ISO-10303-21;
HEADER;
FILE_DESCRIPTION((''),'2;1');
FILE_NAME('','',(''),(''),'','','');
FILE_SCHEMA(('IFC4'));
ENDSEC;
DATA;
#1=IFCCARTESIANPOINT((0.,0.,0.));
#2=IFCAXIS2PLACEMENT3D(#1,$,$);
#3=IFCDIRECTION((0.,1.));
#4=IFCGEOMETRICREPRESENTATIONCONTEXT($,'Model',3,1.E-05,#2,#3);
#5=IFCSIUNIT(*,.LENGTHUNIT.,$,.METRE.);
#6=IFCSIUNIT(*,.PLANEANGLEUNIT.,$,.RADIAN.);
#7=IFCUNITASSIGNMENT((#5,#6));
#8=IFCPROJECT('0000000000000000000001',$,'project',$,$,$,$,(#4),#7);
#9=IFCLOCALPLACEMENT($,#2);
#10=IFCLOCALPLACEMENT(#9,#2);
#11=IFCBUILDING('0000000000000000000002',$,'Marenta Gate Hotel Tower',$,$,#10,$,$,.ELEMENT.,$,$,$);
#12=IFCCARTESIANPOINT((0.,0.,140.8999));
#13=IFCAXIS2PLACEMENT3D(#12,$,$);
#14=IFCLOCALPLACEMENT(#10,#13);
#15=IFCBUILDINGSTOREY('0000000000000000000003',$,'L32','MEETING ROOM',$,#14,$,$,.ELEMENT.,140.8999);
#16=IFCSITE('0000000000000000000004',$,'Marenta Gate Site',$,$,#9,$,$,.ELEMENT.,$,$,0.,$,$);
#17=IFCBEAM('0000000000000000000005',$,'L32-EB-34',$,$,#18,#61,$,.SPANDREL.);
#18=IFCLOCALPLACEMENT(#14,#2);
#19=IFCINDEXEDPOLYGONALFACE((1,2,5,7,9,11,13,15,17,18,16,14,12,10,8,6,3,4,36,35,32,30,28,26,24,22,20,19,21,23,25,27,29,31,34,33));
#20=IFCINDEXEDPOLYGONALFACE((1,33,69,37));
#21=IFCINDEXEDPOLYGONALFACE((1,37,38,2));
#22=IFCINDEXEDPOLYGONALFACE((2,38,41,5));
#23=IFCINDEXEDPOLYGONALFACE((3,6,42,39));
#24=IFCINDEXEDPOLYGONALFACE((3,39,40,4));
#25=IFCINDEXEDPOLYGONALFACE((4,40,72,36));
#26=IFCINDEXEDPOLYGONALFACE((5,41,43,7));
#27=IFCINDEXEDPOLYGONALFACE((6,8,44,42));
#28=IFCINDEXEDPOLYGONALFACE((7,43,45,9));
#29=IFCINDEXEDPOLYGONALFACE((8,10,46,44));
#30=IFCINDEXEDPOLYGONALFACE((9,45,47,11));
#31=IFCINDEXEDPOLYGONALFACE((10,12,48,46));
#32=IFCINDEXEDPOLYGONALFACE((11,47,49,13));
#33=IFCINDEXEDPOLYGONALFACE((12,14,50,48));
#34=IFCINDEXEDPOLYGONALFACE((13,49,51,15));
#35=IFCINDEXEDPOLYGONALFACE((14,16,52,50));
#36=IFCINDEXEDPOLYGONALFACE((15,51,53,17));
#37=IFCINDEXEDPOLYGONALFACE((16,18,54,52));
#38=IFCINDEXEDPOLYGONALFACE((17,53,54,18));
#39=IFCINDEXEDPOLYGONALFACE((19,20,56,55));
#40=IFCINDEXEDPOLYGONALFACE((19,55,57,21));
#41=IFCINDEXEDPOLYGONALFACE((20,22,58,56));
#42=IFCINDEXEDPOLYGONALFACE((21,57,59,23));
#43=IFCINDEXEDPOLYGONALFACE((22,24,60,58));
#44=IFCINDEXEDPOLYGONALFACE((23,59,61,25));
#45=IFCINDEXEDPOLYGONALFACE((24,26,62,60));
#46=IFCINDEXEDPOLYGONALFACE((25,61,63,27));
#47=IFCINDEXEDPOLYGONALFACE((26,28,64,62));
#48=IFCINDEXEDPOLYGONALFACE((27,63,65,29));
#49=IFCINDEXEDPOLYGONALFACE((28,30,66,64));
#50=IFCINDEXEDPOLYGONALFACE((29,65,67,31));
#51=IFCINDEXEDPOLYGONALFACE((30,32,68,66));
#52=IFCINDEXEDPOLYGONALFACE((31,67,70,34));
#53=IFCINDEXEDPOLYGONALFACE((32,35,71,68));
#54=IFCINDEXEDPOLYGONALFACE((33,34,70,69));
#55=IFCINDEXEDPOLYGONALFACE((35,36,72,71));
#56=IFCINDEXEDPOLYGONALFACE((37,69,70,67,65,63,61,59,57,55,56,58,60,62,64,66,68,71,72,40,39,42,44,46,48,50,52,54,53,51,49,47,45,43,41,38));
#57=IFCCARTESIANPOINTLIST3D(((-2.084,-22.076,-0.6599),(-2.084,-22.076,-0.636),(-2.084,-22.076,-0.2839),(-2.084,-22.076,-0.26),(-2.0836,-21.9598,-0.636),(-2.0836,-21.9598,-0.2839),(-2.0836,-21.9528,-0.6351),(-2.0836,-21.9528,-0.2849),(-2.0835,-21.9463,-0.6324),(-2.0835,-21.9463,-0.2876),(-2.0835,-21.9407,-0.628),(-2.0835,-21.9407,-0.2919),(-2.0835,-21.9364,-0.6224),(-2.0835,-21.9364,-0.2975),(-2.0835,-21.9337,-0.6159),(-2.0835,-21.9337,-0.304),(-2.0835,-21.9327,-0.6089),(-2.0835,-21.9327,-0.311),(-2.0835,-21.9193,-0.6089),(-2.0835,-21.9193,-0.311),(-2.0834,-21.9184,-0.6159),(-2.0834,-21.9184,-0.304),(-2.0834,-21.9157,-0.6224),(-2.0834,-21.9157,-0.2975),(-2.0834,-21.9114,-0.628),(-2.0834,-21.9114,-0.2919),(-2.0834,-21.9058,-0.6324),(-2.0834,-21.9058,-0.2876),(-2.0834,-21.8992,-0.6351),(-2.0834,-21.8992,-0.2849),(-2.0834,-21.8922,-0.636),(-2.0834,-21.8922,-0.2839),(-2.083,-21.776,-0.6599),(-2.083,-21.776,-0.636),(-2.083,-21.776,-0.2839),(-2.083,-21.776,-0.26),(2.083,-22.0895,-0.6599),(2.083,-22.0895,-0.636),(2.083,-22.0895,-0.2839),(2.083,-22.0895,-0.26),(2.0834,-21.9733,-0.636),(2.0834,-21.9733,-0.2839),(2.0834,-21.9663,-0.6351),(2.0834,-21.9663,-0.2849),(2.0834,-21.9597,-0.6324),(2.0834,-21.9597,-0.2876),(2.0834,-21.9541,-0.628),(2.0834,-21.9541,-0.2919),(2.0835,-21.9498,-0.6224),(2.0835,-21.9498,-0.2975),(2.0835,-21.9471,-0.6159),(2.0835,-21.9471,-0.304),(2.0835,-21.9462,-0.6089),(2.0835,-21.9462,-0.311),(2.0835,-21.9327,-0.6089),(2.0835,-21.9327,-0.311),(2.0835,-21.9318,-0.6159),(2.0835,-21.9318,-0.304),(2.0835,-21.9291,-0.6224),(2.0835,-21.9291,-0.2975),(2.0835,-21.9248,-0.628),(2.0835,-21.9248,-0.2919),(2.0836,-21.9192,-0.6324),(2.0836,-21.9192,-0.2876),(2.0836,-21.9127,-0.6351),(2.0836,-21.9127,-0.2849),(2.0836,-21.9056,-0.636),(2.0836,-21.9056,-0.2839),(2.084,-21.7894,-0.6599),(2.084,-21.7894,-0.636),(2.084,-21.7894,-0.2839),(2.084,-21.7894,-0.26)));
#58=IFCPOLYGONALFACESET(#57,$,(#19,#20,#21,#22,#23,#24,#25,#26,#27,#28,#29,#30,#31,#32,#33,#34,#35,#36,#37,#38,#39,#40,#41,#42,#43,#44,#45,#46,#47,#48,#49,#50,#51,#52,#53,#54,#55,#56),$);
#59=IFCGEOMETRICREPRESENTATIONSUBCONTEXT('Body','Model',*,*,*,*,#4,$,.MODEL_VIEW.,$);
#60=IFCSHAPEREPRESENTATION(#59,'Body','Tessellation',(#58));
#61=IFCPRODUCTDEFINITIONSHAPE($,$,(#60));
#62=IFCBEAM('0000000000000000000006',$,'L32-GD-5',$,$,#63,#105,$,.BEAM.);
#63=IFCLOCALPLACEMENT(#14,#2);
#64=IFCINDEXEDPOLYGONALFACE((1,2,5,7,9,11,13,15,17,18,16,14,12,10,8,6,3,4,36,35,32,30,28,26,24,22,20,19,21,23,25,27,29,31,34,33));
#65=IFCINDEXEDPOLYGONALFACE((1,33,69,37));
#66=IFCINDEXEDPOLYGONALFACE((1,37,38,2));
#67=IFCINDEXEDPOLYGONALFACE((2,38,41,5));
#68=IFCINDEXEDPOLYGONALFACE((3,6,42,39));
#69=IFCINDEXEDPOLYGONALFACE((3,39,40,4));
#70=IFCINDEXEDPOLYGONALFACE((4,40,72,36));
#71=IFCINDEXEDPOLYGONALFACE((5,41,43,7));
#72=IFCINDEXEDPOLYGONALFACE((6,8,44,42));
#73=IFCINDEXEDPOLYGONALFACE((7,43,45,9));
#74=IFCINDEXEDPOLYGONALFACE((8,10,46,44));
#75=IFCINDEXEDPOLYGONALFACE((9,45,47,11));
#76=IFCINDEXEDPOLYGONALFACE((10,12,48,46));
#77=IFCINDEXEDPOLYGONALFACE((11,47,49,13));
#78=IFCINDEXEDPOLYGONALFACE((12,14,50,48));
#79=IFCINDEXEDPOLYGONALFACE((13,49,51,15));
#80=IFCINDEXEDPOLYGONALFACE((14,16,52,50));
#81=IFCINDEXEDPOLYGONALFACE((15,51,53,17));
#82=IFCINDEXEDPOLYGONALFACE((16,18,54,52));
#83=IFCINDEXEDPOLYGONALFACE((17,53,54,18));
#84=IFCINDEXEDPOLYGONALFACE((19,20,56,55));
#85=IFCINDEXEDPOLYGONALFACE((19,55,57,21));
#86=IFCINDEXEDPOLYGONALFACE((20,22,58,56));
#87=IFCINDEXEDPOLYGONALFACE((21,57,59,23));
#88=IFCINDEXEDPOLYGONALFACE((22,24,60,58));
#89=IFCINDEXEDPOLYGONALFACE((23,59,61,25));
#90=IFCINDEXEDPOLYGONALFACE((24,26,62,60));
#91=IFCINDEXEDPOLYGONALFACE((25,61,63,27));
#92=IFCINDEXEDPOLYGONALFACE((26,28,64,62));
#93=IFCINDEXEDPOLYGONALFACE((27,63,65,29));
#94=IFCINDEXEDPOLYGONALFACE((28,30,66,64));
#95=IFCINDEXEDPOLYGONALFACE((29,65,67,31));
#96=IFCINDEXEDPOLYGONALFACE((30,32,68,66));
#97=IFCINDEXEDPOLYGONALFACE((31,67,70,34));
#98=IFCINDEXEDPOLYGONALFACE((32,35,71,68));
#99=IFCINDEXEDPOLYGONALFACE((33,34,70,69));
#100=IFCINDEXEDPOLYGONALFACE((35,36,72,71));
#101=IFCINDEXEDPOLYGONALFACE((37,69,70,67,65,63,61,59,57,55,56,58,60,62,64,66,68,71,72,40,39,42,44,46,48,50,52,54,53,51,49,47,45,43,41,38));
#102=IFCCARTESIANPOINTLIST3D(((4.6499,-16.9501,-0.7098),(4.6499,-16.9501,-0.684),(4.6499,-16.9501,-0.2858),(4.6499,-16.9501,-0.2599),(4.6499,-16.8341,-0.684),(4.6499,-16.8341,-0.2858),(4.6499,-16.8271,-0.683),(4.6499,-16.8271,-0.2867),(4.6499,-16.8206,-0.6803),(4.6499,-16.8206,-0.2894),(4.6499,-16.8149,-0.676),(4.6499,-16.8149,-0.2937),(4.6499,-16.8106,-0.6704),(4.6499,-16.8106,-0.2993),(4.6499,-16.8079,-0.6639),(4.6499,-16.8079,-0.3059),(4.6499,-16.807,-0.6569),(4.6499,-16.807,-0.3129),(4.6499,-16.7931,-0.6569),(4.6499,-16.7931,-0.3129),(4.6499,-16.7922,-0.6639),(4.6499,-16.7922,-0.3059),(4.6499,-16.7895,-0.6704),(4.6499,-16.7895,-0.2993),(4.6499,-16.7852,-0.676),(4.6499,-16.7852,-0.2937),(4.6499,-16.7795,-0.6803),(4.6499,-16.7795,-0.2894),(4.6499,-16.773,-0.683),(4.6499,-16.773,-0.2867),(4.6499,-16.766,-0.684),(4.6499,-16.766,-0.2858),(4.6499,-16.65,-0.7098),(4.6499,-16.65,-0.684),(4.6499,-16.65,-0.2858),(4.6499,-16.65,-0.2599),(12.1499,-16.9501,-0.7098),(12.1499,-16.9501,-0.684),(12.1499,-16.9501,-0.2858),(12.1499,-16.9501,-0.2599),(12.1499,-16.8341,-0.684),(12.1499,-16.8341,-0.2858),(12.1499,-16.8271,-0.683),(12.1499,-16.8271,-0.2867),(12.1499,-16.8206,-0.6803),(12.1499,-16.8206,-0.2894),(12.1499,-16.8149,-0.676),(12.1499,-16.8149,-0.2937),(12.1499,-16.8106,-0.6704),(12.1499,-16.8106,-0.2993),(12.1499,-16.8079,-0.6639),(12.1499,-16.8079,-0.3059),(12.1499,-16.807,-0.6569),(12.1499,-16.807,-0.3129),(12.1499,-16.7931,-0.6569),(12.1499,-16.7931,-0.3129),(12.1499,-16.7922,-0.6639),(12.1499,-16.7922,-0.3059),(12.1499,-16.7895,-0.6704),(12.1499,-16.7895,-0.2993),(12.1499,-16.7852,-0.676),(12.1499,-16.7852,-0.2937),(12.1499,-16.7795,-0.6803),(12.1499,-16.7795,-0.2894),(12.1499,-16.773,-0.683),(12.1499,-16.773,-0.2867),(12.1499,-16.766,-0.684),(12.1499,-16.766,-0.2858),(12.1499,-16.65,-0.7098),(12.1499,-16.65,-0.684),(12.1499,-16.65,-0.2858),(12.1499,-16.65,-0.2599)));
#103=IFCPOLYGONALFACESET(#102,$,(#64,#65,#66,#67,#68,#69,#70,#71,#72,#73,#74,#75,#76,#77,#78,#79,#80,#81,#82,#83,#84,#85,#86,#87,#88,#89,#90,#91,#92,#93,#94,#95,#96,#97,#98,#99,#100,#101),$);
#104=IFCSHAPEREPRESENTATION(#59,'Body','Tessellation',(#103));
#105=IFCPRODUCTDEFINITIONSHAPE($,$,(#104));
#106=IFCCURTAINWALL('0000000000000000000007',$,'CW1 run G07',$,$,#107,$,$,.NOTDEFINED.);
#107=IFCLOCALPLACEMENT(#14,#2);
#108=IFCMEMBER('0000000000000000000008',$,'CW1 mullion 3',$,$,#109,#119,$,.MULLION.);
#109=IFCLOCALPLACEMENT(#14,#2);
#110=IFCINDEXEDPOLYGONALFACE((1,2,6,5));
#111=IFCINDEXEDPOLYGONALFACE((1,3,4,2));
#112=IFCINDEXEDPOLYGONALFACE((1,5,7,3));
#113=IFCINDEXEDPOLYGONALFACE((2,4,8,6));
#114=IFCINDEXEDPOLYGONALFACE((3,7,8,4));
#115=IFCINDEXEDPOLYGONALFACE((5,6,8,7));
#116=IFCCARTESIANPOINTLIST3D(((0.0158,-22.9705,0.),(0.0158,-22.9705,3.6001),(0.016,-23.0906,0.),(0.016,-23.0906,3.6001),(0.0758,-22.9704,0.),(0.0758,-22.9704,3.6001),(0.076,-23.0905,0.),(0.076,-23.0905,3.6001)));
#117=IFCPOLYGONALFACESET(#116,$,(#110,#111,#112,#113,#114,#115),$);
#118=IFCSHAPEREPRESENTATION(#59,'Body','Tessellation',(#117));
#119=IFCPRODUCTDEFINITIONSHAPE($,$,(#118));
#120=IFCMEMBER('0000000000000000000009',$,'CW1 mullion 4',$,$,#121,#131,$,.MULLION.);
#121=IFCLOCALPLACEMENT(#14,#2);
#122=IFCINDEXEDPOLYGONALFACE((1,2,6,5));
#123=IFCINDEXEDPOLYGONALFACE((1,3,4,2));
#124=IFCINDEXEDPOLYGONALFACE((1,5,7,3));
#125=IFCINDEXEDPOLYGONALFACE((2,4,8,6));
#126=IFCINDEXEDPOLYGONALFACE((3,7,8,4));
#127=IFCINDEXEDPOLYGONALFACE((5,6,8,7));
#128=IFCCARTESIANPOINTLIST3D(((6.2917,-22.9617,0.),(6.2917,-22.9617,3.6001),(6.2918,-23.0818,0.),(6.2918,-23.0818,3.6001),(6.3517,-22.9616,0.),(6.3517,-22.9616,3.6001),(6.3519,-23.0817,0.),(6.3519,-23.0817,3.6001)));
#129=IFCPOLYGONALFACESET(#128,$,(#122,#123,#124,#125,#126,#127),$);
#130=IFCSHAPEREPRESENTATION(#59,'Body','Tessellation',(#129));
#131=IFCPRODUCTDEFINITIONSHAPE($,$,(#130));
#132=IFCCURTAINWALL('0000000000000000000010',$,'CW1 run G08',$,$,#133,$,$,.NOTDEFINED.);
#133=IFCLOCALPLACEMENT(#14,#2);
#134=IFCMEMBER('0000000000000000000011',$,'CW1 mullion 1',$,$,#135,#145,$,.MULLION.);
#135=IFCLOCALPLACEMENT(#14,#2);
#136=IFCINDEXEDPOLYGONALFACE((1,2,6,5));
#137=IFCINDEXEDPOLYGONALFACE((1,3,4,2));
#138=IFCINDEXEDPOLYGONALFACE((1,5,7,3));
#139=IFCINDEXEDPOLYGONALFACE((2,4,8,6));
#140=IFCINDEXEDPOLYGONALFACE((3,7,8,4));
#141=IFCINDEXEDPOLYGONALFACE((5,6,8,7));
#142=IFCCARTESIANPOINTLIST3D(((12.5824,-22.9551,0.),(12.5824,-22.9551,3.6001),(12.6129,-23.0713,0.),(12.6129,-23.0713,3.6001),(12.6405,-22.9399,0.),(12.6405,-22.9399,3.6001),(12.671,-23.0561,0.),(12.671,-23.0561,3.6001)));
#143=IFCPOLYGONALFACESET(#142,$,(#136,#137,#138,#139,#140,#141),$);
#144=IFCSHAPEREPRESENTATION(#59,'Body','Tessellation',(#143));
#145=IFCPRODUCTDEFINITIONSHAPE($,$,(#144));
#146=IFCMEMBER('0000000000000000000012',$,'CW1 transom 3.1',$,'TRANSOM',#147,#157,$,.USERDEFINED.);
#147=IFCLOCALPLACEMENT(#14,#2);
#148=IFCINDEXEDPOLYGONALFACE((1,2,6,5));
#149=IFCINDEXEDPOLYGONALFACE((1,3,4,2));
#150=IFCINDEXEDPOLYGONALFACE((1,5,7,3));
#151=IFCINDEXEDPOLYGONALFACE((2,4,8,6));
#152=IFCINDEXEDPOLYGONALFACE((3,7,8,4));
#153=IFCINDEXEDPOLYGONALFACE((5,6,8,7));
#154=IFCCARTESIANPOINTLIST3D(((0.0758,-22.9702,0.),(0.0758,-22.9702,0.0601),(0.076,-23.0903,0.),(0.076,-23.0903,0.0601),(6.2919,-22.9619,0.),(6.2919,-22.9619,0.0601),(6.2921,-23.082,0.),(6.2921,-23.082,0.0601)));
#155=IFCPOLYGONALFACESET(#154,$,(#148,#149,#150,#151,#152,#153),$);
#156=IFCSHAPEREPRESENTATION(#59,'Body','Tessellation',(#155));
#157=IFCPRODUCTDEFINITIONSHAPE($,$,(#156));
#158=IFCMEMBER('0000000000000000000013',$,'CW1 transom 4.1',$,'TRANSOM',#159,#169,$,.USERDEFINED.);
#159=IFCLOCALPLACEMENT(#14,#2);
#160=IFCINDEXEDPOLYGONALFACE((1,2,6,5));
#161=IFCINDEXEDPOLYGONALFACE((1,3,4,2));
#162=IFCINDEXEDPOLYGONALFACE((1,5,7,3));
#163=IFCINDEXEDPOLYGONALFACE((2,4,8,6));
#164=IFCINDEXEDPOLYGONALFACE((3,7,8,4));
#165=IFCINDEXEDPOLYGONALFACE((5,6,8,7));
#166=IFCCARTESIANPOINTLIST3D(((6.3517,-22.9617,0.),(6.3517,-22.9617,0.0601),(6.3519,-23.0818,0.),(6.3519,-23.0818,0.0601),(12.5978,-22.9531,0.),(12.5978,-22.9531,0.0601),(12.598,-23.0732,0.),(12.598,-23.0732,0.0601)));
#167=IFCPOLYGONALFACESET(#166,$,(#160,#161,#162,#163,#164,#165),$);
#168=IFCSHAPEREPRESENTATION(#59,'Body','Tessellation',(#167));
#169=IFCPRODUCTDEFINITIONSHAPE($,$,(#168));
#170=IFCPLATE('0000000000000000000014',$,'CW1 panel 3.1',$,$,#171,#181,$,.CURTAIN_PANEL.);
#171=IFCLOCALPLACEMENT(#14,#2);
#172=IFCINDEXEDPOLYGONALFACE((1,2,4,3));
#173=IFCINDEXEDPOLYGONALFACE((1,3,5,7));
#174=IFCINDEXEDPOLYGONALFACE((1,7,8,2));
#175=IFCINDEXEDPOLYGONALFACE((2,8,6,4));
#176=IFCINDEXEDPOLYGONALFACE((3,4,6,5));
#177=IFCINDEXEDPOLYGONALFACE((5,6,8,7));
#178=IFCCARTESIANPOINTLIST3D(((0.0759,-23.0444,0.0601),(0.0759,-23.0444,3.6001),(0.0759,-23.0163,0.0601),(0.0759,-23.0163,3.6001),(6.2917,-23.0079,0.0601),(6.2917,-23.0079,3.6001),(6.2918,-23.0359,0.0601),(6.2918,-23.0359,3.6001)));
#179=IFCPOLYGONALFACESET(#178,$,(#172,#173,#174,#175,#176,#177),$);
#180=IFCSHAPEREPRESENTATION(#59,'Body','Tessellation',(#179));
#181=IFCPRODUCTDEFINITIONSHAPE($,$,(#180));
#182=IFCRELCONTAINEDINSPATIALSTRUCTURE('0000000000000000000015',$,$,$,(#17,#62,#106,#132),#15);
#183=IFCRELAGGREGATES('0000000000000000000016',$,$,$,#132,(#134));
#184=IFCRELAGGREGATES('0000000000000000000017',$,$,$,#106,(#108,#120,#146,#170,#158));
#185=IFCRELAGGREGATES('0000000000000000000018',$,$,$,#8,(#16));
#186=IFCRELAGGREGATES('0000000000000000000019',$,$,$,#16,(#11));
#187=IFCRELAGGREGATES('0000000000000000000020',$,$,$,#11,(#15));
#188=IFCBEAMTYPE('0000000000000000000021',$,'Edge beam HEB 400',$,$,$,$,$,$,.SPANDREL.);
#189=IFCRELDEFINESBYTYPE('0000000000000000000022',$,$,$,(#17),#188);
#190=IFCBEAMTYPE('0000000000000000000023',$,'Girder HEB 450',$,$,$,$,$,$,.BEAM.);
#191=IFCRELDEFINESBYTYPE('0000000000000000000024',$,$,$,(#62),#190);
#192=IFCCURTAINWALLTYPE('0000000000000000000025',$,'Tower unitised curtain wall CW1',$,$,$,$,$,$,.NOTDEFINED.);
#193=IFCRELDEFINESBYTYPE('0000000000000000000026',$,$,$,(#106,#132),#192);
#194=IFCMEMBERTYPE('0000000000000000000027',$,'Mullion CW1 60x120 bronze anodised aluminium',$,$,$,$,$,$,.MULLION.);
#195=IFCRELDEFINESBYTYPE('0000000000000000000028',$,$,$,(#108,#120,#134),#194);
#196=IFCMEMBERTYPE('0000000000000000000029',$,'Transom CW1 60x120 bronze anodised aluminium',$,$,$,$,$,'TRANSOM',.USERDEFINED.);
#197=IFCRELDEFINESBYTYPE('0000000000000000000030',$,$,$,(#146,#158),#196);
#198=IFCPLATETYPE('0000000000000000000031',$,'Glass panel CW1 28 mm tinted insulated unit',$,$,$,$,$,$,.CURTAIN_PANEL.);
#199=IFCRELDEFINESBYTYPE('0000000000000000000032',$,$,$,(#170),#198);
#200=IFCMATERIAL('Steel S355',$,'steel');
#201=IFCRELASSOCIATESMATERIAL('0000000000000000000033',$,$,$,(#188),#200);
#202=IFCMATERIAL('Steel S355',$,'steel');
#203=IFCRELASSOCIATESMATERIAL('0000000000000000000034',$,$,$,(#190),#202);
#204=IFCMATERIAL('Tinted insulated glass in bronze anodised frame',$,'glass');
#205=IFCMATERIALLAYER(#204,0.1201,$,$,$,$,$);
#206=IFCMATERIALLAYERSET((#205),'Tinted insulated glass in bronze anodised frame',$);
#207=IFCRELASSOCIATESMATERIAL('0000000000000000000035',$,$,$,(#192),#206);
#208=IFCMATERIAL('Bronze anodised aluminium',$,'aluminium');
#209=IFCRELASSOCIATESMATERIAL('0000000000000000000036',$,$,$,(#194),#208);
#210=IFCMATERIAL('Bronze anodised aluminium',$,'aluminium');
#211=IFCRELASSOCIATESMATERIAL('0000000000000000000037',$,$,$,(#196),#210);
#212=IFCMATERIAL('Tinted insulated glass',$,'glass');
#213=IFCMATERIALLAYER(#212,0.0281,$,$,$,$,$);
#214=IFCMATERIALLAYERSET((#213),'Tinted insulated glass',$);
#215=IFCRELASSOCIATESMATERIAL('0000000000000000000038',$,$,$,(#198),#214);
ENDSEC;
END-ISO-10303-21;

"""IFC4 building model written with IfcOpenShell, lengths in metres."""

from ifc_helpers import new_model, si_unit, direction, frame, origin, origin_2d, place, context, subcontext, project, spatial, rectangle, i_section, extrude, material, layer, layer_set, material_profile, profile_set, type_object, element, aggregate, save


model = new_model("IFC4")

# Units and contexts
model_context = context("Model", 3, precision=1e-05, world=origin(), true_north=direction((0.0, 1.0)))
body_context = subcontext(model_context, "Body", "Model", "MODEL_VIEW")
ifc_project = project(units=[si_unit("LENGTHUNIT", "METRE"), si_unit("PLANEANGLEUNIT", "RADIAN")], contexts=[model_context])

# Site, building, storey
site_placement = place(None, origin())
site = spatial("IfcSite", under=ifc_project, at=site_placement, Name="Marenta Gate Site", CompositionType="ELEMENT", RefElevation=0.0)
building_placement = place(site_placement, origin())
building = spatial("IfcBuilding", under=site, at=building_placement, Name="Marenta Gate Hotel Tower", CompositionType="ELEMENT")
storey_placement = place(building_placement, frame((0.0, 0.0, 140.8999)))
storey = spatial("IfcBuildingStorey", under=building, at=storey_placement, Name="L32", Description="MEETING ROOM", CompositionType="ELEMENT", Elevation=140.8999)

# Beams
ifc_material_1 = material(Name="Steel S355", Category="steel")
ifc_material_profile_1 = material_profile(ifc_material_1, i_section(OverallWidth=0.3, OverallDepth=0.3999, WebThickness=0.0134, FlangeThickness=0.0239, FilletRadius=0.0271, at=origin_2d()), Name="HEB 400")
ifc_profile_set_1 = profile_set([ifc_material_profile_1], Name="Steel S355")
beam_type_1 = type_object("IfcBeamType", Name="Edge beam HEB 400", PredefinedType="SPANDREL", material=ifc_profile_set_1)
beam_1_placement = place(storey_placement, frame((2.0835, -21.9395, -0.46), z_axis=(-0.999995, 0.003222, 0.0), x_axis=(-0.003222, -0.999995, 0.0)))
element("IfcBeam", 1, at=beam_1_placement, inside=storey, type_object=beam_type_1, Name="L32-EB-34", PredefinedType="SPANDREL", context=body_context, shape_type="SweptSolid", body=[
    extrude(i_section(OverallWidth=0.3, OverallDepth=0.3999, WebThickness=0.0134, FlangeThickness=0.0239, FilletRadius=0.0271, at=origin_2d()), origin(), (0.0, 0.0, 1.0), 4.167),
])
ifc_material_2 = material(Name="Steel S355", Category="steel")
ifc_material_profile_2 = material_profile(ifc_material_2, i_section(OverallWidth=0.3, OverallDepth=0.45, WebThickness=0.0139, FlangeThickness=0.0259, FilletRadius=0.0271, at=origin_2d()), Name="HEB 450")
ifc_profile_set_2 = profile_set([ifc_material_profile_2], Name="Steel S355")
beam_type_2 = type_object("IfcBeamType", Name="Girder HEB 450", PredefinedType="BEAM", material=ifc_profile_set_2)
beam_2_placement = place(storey_placement, frame((4.6499, -16.8, -0.4849), z_axis=(1.0, 0.0, 0.0), x_axis=(0.0, 1.0, 0.0)))
element("IfcBeam", 2, at=beam_2_placement, inside=storey, type_object=beam_type_2, Name="L32-GD-5", PredefinedType="BEAM", context=body_context, shape_type="SweptSolid", body=[
    extrude(i_section(OverallWidth=0.3, OverallDepth=0.45, WebThickness=0.0139, FlangeThickness=0.0259, FilletRadius=0.0271, at=origin_2d()), origin(), (0.0, 0.0, 1.0), 7.5),
])

# Curtain wall, members
ifc_material_3 = material(Name="Tinted insulated glass in bronze anodised frame", Category="glass")
ifc_layer_1 = layer(ifc_material_3, 0.1201)
ifc_layer_set_1 = layer_set([ifc_layer_1], Name="Tinted insulated glass in bronze anodised frame")
curtain_wall_type = type_object("IfcCurtainWallType", Name="Tower unitised curtain wall CW1", PredefinedType="NOTDEFINED", material=ifc_layer_set_1)
curtain_wall_1_placement = place(storey_placement, origin())
curtain_wall_1 = element("IfcCurtainWall", 3, at=curtain_wall_1_placement, inside=storey, type_object=curtain_wall_type, Name="CW1 run G07", PredefinedType="NOTDEFINED")
ifc_material_4 = material(Name="Bronze anodised aluminium", Category="aluminium")
ifc_material_profile_3 = material_profile(ifc_material_4, rectangle(XDim=0.1201, YDim=0.0601, at=origin_2d()), Name="Mullion CW1 60x120 bronze anodised aluminium")
ifc_profile_set_3 = profile_set([ifc_material_profile_3], Name="Bronze anodised aluminium")
member_type_1 = type_object("IfcMemberType", Name="Mullion CW1 60x120 bronze anodised aluminium", PredefinedType="MULLION", material=ifc_profile_set_3)
member_1_placement = place(storey_placement, frame((0.0459, -23.0305, 0.0), z_axis=(0.0, 0.0, 1.0), x_axis=(-0.001362, 0.999999, 0.0)))
member_1 = element("IfcMember", 4, at=member_1_placement, type_object=member_type_1, Name="CW1 mullion 3", PredefinedType="MULLION", context=body_context, shape_type="SweptSolid", body=[
    extrude(rectangle(XDim=0.1201, YDim=0.0601, at=origin_2d()), origin(), (0.0, 0.0, 1.0), 3.6001),
])
member_2_placement = place(storey_placement, frame((6.3218, -23.0217, 0.0), z_axis=(0.0, 0.0, 1.0), x_axis=(-0.001362, 0.999999, 0.0)))
member_2 = element("IfcMember", 5, at=member_2_placement, type_object=member_type_1, Name="CW1 mullion 4", PredefinedType="MULLION", context=body_context, shape_type="SweptSolid", body=[
    extrude(rectangle(XDim=0.1201, YDim=0.0601, at=origin_2d()), origin(), (0.0, 0.0, 1.0), 3.6001),
])

# Curtain wall, member
curtain_wall_2_placement = place(storey_placement, origin())
curtain_wall_2 = element("IfcCurtainWall", 6, at=curtain_wall_2_placement, inside=storey, type_object=curtain_wall_type, Name="CW1 run G08", PredefinedType="NOTDEFINED")
member_3_placement = place(storey_placement, frame((12.6267, -23.0056, 0.0), z_axis=(0.0, 0.0, 1.0), x_axis=(-0.253374, 0.967368, 0.0)))
member_3 = element("IfcMember", 7, at=member_3_placement, type_object=member_type_1, Name="CW1 mullion 1", PredefinedType="MULLION", context=body_context, shape_type="SweptSolid", body=[
    extrude(rectangle(XDim=0.1201, YDim=0.0601, at=origin_2d()), origin(), (0.0, 0.0, 1.0), 3.6001),
])
aggregate(curtain_wall_2, [member_3])

# Members
ifc_material_5 = material(Name="Bronze anodised aluminium", Category="aluminium")
ifc_material_profile_4 = material_profile(ifc_material_5, rectangle(XDim=0.1201, YDim=0.0601, at=origin_2d()), Name="Transom CW1 60x120 bronze anodised aluminium")
ifc_profile_set_4 = profile_set([ifc_material_profile_4], Name="Bronze anodised aluminium")
member_type_2 = type_object("IfcMemberType", Name="Transom CW1 60x120 bronze anodised aluminium", ElementType="TRANSOM", PredefinedType="USERDEFINED", material=ifc_profile_set_4)
member_4_placement = place(storey_placement, frame((0.0759, -23.0303, 0.03), z_axis=(0.999999, 0.001335, 0.0), x_axis=(-0.001335, 0.999999, 0.0)))
member_4 = element("IfcMember", 8, at=member_4_placement, type_object=member_type_2, Name="CW1 transom 3.1", ObjectType="TRANSOM", PredefinedType="USERDEFINED", context=body_context, shape_type="SweptSolid", body=[
    extrude(rectangle(XDim=0.1201, YDim=0.0601, at=origin_2d()), origin(), (0.0, 0.0, 1.0), 6.2161),
])
member_5_placement = place(storey_placement, frame((6.3518, -23.0217, 0.03), z_axis=(0.999999, 0.001368, 0.0), x_axis=(-0.001368, 0.999999, 0.0)))
member_5 = element("IfcMember", 9, at=member_5_placement, type_object=member_type_2, Name="CW1 transom 4.1", ObjectType="TRANSOM", PredefinedType="USERDEFINED", context=body_context, shape_type="SweptSolid", body=[
    extrude(rectangle(XDim=0.1201, YDim=0.0601, at=origin_2d()), origin(), (0.0, 0.0, 1.0), 6.2461),
])

# Plate
ifc_material_6 = material(Name="Tinted insulated glass", Category="glass")
ifc_layer_2 = layer(ifc_material_6, 0.0281)
ifc_layer_set_2 = layer_set([ifc_layer_2], Name="Tinted insulated glass")
plate_type = type_object("IfcPlateType", Name="Glass panel CW1 28 mm tinted insulated unit", PredefinedType="CURTAIN_PANEL", material=ifc_layer_set_2)
plate_1_placement = place(storey_placement, frame((3.1838, -23.0261, 0.0601), z_axis=(0.0, 0.0, 1.0), x_axis=(0.999999, 0.001362, 0.0)))
plate_1 = element("IfcPlate", 10, at=plate_1_placement, type_object=plate_type, Name="CW1 panel 3.1", PredefinedType="CURTAIN_PANEL", context=body_context, shape_type="SweptSolid", body=[
    extrude(rectangle(XDim=6.2158, YDim=0.0281, at=origin_2d()), origin(), (0.0, 0.0, 1.0), 3.54),
])
aggregate(curtain_wall_1, [member_1, member_2, member_4, plate_1, member_5])

save(model, "model.ifc")
